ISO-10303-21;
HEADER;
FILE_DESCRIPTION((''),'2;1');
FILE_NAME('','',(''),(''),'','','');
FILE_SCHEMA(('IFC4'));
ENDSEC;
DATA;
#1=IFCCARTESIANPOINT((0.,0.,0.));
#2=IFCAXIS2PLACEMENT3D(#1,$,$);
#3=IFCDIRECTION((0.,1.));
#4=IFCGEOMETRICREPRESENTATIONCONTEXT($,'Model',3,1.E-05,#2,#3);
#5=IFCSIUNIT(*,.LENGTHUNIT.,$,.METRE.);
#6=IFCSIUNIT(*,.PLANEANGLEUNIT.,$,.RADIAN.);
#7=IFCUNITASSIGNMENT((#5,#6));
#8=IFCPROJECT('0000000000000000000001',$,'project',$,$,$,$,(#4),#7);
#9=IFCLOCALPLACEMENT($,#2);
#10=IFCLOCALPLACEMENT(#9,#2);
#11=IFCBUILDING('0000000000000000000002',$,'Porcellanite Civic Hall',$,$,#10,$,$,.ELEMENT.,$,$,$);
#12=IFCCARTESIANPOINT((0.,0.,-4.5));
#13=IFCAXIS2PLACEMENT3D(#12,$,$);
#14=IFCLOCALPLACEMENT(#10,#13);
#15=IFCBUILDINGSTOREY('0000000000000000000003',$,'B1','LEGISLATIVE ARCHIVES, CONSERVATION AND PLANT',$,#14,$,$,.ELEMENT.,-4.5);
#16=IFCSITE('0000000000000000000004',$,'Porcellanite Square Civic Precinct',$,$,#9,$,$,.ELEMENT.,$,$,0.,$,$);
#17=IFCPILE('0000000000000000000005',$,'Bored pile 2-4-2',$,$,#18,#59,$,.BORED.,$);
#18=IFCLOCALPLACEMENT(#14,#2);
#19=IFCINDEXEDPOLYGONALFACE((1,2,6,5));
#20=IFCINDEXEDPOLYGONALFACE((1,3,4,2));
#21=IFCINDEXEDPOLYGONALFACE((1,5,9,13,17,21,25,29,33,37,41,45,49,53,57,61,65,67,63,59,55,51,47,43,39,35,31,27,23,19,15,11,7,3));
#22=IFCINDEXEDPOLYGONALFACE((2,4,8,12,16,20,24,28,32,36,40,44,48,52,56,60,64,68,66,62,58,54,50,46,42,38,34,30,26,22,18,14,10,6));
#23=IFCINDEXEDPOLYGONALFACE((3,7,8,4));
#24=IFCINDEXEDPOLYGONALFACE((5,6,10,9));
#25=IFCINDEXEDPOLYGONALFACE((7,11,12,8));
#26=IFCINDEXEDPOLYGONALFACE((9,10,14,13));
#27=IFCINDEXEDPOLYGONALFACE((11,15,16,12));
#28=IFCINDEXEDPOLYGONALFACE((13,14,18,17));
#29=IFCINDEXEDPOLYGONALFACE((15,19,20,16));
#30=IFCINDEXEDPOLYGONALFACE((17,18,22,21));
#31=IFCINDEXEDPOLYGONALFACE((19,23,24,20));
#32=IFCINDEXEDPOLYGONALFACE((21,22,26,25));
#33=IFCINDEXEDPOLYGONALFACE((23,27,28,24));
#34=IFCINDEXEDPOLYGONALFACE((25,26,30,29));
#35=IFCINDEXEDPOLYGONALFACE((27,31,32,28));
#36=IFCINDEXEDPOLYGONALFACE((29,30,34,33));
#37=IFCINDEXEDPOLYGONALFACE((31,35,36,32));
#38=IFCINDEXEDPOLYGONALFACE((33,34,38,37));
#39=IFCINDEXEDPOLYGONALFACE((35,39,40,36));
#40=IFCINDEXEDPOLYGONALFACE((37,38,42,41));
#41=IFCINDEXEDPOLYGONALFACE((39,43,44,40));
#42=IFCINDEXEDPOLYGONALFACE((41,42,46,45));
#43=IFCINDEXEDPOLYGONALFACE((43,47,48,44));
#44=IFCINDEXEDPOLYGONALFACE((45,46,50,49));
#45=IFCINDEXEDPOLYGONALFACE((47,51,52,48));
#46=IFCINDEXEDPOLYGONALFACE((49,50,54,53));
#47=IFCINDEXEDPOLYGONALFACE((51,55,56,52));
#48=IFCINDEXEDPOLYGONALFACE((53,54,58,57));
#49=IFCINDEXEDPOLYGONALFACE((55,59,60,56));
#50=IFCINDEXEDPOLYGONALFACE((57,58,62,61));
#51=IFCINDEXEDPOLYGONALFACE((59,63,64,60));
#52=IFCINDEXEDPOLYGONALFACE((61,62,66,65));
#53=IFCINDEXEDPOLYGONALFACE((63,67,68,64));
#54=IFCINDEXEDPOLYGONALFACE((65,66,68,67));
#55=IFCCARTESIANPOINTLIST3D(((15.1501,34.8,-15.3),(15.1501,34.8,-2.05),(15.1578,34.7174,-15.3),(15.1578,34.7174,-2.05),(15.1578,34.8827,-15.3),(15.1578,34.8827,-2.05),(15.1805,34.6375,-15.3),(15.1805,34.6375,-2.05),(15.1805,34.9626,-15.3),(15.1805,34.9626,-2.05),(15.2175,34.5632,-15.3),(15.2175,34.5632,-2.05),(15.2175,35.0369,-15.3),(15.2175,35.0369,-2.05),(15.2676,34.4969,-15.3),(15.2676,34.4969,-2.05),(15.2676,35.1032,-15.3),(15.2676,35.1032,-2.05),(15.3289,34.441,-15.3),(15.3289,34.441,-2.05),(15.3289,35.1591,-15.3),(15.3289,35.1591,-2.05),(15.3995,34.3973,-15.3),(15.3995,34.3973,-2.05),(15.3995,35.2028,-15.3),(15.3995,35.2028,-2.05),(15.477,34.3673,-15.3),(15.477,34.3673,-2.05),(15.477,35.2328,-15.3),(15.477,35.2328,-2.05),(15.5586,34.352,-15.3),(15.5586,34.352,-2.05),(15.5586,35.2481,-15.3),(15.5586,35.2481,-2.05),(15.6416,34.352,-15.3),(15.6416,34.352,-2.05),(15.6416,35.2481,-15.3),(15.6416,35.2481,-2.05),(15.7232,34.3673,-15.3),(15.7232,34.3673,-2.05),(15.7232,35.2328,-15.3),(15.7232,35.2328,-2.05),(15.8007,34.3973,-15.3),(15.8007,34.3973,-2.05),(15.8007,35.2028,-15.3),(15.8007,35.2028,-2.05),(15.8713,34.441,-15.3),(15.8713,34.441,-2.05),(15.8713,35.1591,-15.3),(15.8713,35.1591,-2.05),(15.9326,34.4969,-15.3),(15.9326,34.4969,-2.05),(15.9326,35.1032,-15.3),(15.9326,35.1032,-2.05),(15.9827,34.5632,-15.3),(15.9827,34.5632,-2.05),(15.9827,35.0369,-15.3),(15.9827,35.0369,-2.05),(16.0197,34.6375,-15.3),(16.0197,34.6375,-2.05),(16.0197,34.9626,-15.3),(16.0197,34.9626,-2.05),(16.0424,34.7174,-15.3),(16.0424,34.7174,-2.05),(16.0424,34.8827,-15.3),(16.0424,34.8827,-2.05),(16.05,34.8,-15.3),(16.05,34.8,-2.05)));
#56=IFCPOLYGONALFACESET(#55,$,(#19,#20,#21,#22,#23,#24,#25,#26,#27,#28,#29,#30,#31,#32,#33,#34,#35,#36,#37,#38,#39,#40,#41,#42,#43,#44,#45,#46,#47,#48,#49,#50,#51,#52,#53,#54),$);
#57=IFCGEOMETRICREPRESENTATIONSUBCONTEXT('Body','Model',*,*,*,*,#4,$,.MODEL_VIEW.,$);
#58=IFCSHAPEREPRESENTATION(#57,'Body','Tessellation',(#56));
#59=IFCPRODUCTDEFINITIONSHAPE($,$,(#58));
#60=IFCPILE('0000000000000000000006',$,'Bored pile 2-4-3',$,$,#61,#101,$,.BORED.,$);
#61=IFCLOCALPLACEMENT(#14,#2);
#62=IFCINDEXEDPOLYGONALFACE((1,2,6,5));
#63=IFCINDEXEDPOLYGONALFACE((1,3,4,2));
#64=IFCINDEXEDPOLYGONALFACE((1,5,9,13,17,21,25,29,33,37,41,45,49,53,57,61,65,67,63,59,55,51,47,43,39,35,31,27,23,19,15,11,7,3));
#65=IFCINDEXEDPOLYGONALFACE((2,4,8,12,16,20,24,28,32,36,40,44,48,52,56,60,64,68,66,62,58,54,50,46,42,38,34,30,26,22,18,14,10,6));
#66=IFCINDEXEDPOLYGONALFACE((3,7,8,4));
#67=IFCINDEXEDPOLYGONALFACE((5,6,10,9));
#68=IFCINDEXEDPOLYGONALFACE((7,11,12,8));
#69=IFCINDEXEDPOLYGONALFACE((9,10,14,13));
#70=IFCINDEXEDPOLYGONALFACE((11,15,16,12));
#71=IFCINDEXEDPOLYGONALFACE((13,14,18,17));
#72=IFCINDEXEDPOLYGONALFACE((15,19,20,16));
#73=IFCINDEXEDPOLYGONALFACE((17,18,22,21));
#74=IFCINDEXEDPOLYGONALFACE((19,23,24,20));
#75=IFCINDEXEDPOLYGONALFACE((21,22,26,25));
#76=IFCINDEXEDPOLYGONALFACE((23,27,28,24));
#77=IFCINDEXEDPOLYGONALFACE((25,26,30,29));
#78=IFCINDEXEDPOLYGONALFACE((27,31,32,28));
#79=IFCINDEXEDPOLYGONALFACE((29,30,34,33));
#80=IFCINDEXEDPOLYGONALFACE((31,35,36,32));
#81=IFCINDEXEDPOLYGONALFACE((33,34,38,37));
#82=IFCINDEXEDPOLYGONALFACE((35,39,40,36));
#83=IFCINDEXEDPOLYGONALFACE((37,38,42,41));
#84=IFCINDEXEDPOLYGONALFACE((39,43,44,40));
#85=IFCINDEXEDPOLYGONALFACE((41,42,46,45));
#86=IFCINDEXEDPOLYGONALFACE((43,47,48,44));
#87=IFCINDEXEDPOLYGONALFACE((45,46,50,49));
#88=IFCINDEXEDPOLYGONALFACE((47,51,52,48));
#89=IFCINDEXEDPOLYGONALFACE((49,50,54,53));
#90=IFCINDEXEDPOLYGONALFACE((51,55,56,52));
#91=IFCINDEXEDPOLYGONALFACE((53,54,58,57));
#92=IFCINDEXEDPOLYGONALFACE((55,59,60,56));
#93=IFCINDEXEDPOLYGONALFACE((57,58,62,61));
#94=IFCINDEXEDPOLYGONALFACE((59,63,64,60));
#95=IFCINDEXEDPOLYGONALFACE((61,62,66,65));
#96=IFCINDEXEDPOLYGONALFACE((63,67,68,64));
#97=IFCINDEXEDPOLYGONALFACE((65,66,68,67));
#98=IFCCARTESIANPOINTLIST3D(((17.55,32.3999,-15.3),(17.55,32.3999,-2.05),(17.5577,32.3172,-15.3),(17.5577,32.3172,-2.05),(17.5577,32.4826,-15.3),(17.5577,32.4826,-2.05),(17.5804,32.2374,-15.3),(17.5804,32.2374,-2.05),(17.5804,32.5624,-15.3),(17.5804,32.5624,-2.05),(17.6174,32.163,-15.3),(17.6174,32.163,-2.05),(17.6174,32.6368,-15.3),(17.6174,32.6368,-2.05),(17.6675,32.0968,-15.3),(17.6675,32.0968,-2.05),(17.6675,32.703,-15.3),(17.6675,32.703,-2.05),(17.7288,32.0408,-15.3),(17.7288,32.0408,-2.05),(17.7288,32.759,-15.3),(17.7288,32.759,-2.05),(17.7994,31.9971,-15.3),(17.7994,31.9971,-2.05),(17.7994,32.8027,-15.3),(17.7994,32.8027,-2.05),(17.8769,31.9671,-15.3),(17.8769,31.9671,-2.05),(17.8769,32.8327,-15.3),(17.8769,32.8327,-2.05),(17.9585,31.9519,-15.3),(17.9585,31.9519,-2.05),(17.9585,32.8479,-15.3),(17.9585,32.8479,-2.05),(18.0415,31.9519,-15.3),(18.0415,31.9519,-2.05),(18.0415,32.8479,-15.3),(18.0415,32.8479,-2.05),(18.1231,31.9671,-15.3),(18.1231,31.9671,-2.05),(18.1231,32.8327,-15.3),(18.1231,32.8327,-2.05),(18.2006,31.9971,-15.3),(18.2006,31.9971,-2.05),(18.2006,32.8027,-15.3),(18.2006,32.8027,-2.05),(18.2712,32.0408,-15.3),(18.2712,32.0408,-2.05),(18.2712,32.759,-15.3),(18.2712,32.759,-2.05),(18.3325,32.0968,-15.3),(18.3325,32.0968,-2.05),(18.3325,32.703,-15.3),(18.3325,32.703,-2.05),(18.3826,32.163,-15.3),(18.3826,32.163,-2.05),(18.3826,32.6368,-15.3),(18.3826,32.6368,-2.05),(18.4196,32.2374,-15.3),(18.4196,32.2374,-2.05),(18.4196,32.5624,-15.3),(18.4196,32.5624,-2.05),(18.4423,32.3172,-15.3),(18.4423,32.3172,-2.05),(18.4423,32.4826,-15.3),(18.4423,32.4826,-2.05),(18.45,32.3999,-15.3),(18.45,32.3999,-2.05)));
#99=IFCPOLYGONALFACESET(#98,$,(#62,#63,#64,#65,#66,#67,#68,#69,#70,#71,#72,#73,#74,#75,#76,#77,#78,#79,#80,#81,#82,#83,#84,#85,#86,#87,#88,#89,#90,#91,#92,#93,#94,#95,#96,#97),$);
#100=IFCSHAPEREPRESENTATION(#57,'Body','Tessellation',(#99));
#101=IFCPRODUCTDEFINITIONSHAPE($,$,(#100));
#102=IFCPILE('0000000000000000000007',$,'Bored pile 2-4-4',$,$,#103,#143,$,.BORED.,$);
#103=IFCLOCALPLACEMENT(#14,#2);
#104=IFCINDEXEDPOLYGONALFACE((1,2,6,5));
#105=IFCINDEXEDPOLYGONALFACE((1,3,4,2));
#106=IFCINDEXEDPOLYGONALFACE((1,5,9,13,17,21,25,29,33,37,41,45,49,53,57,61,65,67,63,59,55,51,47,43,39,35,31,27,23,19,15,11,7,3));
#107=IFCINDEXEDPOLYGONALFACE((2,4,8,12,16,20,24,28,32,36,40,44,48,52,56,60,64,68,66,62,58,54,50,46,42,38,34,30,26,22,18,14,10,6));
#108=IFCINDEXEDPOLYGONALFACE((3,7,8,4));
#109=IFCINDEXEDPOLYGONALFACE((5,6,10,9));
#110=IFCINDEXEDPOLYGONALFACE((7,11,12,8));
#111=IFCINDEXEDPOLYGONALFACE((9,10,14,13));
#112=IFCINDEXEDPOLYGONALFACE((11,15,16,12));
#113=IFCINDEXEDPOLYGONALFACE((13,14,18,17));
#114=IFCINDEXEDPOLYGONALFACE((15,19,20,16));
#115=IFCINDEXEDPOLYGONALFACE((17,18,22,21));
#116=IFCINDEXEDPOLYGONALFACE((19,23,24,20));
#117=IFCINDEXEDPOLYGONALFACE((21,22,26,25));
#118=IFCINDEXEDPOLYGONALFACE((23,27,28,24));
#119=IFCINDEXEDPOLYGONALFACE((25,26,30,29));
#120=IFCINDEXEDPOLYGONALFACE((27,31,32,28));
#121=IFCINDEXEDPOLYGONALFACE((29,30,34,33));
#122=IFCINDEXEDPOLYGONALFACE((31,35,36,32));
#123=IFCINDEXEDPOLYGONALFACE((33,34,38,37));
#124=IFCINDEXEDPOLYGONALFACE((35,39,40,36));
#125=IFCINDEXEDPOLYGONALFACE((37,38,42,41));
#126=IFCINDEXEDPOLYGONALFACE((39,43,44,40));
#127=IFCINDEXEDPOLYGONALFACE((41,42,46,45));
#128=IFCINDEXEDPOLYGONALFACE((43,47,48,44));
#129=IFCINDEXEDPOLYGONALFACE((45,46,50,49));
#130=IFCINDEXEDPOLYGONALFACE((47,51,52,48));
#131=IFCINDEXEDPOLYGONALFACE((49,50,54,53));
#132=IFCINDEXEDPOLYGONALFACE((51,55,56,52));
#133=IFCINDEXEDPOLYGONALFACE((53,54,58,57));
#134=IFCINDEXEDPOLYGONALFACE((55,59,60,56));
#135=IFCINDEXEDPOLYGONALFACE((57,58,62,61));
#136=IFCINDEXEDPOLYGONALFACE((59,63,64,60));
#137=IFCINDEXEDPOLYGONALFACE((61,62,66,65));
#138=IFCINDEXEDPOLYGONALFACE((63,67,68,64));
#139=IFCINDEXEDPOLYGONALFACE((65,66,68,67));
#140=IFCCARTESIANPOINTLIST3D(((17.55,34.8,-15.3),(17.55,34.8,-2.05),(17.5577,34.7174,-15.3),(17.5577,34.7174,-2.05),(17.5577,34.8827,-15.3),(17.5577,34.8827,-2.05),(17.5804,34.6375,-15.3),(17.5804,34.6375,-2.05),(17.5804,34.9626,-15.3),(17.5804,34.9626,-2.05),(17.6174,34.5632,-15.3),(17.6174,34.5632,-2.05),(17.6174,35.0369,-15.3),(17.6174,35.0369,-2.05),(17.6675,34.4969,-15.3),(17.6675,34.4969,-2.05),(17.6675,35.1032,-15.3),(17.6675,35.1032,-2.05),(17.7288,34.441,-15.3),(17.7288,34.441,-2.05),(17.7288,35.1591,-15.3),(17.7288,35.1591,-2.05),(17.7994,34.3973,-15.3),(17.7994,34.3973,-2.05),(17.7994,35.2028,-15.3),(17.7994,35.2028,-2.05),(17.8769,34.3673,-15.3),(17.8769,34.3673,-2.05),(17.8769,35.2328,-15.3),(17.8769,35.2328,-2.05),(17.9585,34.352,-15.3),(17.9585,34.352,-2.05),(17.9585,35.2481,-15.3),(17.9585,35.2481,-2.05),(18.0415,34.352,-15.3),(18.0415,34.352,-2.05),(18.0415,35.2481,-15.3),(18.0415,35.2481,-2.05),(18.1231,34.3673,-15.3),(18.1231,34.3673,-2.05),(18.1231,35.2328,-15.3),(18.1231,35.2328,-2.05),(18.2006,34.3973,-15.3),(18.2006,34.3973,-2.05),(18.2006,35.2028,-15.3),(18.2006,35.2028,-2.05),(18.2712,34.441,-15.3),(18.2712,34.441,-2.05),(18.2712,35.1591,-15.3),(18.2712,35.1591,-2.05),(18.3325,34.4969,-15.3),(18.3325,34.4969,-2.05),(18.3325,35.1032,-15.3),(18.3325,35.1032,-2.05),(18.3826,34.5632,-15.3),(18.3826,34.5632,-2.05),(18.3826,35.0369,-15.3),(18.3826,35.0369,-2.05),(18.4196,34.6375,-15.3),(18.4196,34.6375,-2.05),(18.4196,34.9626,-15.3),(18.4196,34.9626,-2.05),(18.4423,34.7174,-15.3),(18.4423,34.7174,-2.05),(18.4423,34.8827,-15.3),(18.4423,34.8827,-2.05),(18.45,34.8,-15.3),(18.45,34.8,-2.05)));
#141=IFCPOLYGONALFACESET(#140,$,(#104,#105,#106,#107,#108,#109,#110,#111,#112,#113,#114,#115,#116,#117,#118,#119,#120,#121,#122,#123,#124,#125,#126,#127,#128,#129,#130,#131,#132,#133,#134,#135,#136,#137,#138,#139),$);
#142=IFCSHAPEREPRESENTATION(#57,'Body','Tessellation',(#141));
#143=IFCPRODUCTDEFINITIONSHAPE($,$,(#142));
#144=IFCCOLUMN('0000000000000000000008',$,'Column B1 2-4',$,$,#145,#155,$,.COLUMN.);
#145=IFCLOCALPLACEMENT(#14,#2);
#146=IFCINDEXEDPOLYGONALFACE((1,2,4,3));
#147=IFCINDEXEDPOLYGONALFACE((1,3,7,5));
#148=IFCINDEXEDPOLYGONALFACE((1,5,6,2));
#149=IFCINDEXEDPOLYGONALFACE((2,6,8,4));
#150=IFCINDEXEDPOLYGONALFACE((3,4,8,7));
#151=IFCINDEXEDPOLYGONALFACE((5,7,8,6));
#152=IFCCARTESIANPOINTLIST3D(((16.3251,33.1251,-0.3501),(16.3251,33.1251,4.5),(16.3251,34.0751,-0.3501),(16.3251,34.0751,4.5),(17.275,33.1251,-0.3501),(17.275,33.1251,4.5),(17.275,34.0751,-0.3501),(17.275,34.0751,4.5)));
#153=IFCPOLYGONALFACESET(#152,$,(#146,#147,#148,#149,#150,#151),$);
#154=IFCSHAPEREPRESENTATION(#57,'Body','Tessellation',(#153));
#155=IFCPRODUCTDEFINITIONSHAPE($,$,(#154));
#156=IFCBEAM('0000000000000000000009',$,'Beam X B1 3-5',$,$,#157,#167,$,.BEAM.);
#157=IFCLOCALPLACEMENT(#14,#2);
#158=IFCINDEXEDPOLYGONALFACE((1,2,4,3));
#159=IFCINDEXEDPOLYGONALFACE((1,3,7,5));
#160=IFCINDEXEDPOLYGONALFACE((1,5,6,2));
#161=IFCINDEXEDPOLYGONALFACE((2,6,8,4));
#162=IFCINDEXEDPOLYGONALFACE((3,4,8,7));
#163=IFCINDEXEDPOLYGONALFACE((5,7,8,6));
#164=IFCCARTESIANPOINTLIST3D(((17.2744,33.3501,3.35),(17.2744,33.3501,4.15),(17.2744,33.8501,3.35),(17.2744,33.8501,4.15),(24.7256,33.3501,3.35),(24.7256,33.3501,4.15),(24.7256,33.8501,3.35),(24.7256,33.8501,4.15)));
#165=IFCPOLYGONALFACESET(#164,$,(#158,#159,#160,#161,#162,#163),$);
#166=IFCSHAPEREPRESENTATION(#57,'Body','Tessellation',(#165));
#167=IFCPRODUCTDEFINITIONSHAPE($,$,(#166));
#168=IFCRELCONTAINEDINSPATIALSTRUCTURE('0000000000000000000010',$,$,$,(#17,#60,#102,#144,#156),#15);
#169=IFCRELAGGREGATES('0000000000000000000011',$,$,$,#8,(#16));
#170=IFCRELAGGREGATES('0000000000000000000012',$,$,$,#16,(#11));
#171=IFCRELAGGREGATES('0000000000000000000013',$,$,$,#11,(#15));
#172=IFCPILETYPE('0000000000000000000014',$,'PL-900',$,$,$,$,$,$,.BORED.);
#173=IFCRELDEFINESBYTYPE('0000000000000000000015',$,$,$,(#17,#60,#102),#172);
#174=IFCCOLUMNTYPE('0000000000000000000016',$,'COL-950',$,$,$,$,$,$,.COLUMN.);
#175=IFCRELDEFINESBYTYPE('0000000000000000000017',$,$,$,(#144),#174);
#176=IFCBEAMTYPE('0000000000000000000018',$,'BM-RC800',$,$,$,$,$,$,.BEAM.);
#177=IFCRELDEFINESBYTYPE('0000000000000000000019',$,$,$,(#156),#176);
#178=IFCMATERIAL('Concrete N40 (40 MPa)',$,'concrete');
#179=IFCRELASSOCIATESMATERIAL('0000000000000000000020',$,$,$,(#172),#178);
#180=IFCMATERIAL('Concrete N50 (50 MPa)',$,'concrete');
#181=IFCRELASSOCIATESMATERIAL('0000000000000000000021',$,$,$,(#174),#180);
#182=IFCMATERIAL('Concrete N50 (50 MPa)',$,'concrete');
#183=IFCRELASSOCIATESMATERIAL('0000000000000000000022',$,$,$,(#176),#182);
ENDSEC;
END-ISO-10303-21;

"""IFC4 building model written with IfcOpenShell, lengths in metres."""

from ifc_helpers import new_model, si_unit, direction, frame, origin, origin_2d, place, context, subcontext, project, spatial, rectangle, circle, extrude, material, material_profile, profile_set, type_object, element, save


model = new_model("IFC4")

# Units and contexts
model_context = context("Model", 3, precision=1e-05, world=origin(), true_north=direction((0.0, 1.0)))
body_context = subcontext(model_context, "Body", "Model", "MODEL_VIEW")
ifc_project = project(units=[si_unit("LENGTHUNIT", "METRE"), si_unit("PLANEANGLEUNIT", "RADIAN")], contexts=[model_context])

# Site, building, storey
site_placement = place(None, origin())
site = spatial("IfcSite", under=ifc_project, at=site_placement, Name="Porcellanite Square Civic Precinct", CompositionType="ELEMENT", RefElevation=0.0)
building_placement = place(site_placement, origin())
building = spatial("IfcBuilding", under=site, at=building_placement, Name="Porcellanite Civic Hall", CompositionType="ELEMENT")
storey_placement = place(building_placement, frame((0.0, 0.0, -4.5)))
storey = spatial("IfcBuildingStorey", under=building, at=storey_placement, Name="B1", Description="LEGISLATIVE ARCHIVES, CONSERVATION AND PLANT", CompositionType="ELEMENT", Elevation=-4.5)

# Piles
ifc_material_1 = material(Name="Concrete N40 (40 MPa)", Category="concrete")
ifc_material_profile_1 = material_profile(ifc_material_1, circle(Radius=0.45, at=origin_2d()), Name="PILE-D900")
ifc_profile_set_1 = profile_set([ifc_material_profile_1], Name="Concrete N40 (40 MPa)")
pile_type = type_object("IfcPileType", Name="PL-900", PredefinedType="BORED", material=ifc_profile_set_1)
for number, where, z_axis, x_axis, name in (
    (1, (15.6001, 34.8, -2.05), (0.0, 0.0, -1.0), (1.0, 0.0, 0.0), "Bored pile 2-4-2"),
    (2, (18.0, 32.3999, -2.05), (0.0, 0.0, -1.0), (1.0, 0.0, 0.0), "Bored pile 2-4-3"),
    (3, (18.0, 34.8, -2.05), (0.0, 0.0, -1.0), (1.0, 0.0, 0.0), "Bored pile 2-4-4"),
):
    element("IfcPile", number, at=place(storey_placement, frame(where, z_axis=z_axis, x_axis=x_axis)), inside=storey, type_object=pile_type, Name=name, PredefinedType="BORED", context=body_context, shape_type="SweptSolid", body=[
        extrude(circle(Radius=0.45, at=origin_2d()), origin(), (0.0, 0.0, 1.0), 13.25),
    ])

# Column
ifc_material_2 = material(Name="Concrete N50 (50 MPa)", Category="concrete")
ifc_material_profile_2 = material_profile(ifc_material_2, rectangle(XDim=0.95, YDim=0.95, at=origin_2d()), Name="RC-950x950")
ifc_profile_set_2 = profile_set([ifc_material_profile_2], Name="Concrete N50 (50 MPa)")
column_type = type_object("IfcColumnType", Name="COL-950", PredefinedType="COLUMN", material=ifc_profile_set_2)
column_placement = place(storey_placement, frame((16.8, 33.6001, -0.3501), z_axis=(0.0, 0.0, 1.0), x_axis=(1.0, 0.0, 0.0)))
element("IfcColumn", 4, at=column_placement, inside=storey, type_object=column_type, Name="Column B1 2-4", PredefinedType="COLUMN", context=body_context, shape_type="SweptSolid", body=[
    extrude(rectangle(XDim=0.95, YDim=0.95, at=origin_2d()), origin(), (0.0, 0.0, 1.0), 4.8501),
])

# Beam
ifc_material_3 = material(Name="Concrete N50 (50 MPa)", Category="concrete")
ifc_material_profile_3 = material_profile(ifc_material_3, rectangle(XDim=0.5, YDim=0.8, at=origin_2d()), Name="RC-500x800")
ifc_profile_set_3 = profile_set([ifc_material_profile_3], Name="Concrete N50 (50 MPa)")
beam_type_1 = type_object("IfcBeamType", Name="BM-RC800", PredefinedType="BEAM", material=ifc_profile_set_3)
beam_1_placement = place(storey_placement, frame((17.2744, 33.6001, 3.75), z_axis=(1.0, 0.0, 0.0), x_axis=(0.0, 1.0, 0.0)))
element("IfcBeam", 5, at=beam_1_placement, inside=storey, type_object=beam_type_1, Name="Beam X B1 3-5", PredefinedType="BEAM", context=body_context, shape_type="SweptSolid", body=[
    extrude(rectangle(XDim=0.5, YDim=0.8, at=origin_2d()), origin(), (0.0, 0.0, 1.0), 7.4512),
])

save(model, "model.ifc")
